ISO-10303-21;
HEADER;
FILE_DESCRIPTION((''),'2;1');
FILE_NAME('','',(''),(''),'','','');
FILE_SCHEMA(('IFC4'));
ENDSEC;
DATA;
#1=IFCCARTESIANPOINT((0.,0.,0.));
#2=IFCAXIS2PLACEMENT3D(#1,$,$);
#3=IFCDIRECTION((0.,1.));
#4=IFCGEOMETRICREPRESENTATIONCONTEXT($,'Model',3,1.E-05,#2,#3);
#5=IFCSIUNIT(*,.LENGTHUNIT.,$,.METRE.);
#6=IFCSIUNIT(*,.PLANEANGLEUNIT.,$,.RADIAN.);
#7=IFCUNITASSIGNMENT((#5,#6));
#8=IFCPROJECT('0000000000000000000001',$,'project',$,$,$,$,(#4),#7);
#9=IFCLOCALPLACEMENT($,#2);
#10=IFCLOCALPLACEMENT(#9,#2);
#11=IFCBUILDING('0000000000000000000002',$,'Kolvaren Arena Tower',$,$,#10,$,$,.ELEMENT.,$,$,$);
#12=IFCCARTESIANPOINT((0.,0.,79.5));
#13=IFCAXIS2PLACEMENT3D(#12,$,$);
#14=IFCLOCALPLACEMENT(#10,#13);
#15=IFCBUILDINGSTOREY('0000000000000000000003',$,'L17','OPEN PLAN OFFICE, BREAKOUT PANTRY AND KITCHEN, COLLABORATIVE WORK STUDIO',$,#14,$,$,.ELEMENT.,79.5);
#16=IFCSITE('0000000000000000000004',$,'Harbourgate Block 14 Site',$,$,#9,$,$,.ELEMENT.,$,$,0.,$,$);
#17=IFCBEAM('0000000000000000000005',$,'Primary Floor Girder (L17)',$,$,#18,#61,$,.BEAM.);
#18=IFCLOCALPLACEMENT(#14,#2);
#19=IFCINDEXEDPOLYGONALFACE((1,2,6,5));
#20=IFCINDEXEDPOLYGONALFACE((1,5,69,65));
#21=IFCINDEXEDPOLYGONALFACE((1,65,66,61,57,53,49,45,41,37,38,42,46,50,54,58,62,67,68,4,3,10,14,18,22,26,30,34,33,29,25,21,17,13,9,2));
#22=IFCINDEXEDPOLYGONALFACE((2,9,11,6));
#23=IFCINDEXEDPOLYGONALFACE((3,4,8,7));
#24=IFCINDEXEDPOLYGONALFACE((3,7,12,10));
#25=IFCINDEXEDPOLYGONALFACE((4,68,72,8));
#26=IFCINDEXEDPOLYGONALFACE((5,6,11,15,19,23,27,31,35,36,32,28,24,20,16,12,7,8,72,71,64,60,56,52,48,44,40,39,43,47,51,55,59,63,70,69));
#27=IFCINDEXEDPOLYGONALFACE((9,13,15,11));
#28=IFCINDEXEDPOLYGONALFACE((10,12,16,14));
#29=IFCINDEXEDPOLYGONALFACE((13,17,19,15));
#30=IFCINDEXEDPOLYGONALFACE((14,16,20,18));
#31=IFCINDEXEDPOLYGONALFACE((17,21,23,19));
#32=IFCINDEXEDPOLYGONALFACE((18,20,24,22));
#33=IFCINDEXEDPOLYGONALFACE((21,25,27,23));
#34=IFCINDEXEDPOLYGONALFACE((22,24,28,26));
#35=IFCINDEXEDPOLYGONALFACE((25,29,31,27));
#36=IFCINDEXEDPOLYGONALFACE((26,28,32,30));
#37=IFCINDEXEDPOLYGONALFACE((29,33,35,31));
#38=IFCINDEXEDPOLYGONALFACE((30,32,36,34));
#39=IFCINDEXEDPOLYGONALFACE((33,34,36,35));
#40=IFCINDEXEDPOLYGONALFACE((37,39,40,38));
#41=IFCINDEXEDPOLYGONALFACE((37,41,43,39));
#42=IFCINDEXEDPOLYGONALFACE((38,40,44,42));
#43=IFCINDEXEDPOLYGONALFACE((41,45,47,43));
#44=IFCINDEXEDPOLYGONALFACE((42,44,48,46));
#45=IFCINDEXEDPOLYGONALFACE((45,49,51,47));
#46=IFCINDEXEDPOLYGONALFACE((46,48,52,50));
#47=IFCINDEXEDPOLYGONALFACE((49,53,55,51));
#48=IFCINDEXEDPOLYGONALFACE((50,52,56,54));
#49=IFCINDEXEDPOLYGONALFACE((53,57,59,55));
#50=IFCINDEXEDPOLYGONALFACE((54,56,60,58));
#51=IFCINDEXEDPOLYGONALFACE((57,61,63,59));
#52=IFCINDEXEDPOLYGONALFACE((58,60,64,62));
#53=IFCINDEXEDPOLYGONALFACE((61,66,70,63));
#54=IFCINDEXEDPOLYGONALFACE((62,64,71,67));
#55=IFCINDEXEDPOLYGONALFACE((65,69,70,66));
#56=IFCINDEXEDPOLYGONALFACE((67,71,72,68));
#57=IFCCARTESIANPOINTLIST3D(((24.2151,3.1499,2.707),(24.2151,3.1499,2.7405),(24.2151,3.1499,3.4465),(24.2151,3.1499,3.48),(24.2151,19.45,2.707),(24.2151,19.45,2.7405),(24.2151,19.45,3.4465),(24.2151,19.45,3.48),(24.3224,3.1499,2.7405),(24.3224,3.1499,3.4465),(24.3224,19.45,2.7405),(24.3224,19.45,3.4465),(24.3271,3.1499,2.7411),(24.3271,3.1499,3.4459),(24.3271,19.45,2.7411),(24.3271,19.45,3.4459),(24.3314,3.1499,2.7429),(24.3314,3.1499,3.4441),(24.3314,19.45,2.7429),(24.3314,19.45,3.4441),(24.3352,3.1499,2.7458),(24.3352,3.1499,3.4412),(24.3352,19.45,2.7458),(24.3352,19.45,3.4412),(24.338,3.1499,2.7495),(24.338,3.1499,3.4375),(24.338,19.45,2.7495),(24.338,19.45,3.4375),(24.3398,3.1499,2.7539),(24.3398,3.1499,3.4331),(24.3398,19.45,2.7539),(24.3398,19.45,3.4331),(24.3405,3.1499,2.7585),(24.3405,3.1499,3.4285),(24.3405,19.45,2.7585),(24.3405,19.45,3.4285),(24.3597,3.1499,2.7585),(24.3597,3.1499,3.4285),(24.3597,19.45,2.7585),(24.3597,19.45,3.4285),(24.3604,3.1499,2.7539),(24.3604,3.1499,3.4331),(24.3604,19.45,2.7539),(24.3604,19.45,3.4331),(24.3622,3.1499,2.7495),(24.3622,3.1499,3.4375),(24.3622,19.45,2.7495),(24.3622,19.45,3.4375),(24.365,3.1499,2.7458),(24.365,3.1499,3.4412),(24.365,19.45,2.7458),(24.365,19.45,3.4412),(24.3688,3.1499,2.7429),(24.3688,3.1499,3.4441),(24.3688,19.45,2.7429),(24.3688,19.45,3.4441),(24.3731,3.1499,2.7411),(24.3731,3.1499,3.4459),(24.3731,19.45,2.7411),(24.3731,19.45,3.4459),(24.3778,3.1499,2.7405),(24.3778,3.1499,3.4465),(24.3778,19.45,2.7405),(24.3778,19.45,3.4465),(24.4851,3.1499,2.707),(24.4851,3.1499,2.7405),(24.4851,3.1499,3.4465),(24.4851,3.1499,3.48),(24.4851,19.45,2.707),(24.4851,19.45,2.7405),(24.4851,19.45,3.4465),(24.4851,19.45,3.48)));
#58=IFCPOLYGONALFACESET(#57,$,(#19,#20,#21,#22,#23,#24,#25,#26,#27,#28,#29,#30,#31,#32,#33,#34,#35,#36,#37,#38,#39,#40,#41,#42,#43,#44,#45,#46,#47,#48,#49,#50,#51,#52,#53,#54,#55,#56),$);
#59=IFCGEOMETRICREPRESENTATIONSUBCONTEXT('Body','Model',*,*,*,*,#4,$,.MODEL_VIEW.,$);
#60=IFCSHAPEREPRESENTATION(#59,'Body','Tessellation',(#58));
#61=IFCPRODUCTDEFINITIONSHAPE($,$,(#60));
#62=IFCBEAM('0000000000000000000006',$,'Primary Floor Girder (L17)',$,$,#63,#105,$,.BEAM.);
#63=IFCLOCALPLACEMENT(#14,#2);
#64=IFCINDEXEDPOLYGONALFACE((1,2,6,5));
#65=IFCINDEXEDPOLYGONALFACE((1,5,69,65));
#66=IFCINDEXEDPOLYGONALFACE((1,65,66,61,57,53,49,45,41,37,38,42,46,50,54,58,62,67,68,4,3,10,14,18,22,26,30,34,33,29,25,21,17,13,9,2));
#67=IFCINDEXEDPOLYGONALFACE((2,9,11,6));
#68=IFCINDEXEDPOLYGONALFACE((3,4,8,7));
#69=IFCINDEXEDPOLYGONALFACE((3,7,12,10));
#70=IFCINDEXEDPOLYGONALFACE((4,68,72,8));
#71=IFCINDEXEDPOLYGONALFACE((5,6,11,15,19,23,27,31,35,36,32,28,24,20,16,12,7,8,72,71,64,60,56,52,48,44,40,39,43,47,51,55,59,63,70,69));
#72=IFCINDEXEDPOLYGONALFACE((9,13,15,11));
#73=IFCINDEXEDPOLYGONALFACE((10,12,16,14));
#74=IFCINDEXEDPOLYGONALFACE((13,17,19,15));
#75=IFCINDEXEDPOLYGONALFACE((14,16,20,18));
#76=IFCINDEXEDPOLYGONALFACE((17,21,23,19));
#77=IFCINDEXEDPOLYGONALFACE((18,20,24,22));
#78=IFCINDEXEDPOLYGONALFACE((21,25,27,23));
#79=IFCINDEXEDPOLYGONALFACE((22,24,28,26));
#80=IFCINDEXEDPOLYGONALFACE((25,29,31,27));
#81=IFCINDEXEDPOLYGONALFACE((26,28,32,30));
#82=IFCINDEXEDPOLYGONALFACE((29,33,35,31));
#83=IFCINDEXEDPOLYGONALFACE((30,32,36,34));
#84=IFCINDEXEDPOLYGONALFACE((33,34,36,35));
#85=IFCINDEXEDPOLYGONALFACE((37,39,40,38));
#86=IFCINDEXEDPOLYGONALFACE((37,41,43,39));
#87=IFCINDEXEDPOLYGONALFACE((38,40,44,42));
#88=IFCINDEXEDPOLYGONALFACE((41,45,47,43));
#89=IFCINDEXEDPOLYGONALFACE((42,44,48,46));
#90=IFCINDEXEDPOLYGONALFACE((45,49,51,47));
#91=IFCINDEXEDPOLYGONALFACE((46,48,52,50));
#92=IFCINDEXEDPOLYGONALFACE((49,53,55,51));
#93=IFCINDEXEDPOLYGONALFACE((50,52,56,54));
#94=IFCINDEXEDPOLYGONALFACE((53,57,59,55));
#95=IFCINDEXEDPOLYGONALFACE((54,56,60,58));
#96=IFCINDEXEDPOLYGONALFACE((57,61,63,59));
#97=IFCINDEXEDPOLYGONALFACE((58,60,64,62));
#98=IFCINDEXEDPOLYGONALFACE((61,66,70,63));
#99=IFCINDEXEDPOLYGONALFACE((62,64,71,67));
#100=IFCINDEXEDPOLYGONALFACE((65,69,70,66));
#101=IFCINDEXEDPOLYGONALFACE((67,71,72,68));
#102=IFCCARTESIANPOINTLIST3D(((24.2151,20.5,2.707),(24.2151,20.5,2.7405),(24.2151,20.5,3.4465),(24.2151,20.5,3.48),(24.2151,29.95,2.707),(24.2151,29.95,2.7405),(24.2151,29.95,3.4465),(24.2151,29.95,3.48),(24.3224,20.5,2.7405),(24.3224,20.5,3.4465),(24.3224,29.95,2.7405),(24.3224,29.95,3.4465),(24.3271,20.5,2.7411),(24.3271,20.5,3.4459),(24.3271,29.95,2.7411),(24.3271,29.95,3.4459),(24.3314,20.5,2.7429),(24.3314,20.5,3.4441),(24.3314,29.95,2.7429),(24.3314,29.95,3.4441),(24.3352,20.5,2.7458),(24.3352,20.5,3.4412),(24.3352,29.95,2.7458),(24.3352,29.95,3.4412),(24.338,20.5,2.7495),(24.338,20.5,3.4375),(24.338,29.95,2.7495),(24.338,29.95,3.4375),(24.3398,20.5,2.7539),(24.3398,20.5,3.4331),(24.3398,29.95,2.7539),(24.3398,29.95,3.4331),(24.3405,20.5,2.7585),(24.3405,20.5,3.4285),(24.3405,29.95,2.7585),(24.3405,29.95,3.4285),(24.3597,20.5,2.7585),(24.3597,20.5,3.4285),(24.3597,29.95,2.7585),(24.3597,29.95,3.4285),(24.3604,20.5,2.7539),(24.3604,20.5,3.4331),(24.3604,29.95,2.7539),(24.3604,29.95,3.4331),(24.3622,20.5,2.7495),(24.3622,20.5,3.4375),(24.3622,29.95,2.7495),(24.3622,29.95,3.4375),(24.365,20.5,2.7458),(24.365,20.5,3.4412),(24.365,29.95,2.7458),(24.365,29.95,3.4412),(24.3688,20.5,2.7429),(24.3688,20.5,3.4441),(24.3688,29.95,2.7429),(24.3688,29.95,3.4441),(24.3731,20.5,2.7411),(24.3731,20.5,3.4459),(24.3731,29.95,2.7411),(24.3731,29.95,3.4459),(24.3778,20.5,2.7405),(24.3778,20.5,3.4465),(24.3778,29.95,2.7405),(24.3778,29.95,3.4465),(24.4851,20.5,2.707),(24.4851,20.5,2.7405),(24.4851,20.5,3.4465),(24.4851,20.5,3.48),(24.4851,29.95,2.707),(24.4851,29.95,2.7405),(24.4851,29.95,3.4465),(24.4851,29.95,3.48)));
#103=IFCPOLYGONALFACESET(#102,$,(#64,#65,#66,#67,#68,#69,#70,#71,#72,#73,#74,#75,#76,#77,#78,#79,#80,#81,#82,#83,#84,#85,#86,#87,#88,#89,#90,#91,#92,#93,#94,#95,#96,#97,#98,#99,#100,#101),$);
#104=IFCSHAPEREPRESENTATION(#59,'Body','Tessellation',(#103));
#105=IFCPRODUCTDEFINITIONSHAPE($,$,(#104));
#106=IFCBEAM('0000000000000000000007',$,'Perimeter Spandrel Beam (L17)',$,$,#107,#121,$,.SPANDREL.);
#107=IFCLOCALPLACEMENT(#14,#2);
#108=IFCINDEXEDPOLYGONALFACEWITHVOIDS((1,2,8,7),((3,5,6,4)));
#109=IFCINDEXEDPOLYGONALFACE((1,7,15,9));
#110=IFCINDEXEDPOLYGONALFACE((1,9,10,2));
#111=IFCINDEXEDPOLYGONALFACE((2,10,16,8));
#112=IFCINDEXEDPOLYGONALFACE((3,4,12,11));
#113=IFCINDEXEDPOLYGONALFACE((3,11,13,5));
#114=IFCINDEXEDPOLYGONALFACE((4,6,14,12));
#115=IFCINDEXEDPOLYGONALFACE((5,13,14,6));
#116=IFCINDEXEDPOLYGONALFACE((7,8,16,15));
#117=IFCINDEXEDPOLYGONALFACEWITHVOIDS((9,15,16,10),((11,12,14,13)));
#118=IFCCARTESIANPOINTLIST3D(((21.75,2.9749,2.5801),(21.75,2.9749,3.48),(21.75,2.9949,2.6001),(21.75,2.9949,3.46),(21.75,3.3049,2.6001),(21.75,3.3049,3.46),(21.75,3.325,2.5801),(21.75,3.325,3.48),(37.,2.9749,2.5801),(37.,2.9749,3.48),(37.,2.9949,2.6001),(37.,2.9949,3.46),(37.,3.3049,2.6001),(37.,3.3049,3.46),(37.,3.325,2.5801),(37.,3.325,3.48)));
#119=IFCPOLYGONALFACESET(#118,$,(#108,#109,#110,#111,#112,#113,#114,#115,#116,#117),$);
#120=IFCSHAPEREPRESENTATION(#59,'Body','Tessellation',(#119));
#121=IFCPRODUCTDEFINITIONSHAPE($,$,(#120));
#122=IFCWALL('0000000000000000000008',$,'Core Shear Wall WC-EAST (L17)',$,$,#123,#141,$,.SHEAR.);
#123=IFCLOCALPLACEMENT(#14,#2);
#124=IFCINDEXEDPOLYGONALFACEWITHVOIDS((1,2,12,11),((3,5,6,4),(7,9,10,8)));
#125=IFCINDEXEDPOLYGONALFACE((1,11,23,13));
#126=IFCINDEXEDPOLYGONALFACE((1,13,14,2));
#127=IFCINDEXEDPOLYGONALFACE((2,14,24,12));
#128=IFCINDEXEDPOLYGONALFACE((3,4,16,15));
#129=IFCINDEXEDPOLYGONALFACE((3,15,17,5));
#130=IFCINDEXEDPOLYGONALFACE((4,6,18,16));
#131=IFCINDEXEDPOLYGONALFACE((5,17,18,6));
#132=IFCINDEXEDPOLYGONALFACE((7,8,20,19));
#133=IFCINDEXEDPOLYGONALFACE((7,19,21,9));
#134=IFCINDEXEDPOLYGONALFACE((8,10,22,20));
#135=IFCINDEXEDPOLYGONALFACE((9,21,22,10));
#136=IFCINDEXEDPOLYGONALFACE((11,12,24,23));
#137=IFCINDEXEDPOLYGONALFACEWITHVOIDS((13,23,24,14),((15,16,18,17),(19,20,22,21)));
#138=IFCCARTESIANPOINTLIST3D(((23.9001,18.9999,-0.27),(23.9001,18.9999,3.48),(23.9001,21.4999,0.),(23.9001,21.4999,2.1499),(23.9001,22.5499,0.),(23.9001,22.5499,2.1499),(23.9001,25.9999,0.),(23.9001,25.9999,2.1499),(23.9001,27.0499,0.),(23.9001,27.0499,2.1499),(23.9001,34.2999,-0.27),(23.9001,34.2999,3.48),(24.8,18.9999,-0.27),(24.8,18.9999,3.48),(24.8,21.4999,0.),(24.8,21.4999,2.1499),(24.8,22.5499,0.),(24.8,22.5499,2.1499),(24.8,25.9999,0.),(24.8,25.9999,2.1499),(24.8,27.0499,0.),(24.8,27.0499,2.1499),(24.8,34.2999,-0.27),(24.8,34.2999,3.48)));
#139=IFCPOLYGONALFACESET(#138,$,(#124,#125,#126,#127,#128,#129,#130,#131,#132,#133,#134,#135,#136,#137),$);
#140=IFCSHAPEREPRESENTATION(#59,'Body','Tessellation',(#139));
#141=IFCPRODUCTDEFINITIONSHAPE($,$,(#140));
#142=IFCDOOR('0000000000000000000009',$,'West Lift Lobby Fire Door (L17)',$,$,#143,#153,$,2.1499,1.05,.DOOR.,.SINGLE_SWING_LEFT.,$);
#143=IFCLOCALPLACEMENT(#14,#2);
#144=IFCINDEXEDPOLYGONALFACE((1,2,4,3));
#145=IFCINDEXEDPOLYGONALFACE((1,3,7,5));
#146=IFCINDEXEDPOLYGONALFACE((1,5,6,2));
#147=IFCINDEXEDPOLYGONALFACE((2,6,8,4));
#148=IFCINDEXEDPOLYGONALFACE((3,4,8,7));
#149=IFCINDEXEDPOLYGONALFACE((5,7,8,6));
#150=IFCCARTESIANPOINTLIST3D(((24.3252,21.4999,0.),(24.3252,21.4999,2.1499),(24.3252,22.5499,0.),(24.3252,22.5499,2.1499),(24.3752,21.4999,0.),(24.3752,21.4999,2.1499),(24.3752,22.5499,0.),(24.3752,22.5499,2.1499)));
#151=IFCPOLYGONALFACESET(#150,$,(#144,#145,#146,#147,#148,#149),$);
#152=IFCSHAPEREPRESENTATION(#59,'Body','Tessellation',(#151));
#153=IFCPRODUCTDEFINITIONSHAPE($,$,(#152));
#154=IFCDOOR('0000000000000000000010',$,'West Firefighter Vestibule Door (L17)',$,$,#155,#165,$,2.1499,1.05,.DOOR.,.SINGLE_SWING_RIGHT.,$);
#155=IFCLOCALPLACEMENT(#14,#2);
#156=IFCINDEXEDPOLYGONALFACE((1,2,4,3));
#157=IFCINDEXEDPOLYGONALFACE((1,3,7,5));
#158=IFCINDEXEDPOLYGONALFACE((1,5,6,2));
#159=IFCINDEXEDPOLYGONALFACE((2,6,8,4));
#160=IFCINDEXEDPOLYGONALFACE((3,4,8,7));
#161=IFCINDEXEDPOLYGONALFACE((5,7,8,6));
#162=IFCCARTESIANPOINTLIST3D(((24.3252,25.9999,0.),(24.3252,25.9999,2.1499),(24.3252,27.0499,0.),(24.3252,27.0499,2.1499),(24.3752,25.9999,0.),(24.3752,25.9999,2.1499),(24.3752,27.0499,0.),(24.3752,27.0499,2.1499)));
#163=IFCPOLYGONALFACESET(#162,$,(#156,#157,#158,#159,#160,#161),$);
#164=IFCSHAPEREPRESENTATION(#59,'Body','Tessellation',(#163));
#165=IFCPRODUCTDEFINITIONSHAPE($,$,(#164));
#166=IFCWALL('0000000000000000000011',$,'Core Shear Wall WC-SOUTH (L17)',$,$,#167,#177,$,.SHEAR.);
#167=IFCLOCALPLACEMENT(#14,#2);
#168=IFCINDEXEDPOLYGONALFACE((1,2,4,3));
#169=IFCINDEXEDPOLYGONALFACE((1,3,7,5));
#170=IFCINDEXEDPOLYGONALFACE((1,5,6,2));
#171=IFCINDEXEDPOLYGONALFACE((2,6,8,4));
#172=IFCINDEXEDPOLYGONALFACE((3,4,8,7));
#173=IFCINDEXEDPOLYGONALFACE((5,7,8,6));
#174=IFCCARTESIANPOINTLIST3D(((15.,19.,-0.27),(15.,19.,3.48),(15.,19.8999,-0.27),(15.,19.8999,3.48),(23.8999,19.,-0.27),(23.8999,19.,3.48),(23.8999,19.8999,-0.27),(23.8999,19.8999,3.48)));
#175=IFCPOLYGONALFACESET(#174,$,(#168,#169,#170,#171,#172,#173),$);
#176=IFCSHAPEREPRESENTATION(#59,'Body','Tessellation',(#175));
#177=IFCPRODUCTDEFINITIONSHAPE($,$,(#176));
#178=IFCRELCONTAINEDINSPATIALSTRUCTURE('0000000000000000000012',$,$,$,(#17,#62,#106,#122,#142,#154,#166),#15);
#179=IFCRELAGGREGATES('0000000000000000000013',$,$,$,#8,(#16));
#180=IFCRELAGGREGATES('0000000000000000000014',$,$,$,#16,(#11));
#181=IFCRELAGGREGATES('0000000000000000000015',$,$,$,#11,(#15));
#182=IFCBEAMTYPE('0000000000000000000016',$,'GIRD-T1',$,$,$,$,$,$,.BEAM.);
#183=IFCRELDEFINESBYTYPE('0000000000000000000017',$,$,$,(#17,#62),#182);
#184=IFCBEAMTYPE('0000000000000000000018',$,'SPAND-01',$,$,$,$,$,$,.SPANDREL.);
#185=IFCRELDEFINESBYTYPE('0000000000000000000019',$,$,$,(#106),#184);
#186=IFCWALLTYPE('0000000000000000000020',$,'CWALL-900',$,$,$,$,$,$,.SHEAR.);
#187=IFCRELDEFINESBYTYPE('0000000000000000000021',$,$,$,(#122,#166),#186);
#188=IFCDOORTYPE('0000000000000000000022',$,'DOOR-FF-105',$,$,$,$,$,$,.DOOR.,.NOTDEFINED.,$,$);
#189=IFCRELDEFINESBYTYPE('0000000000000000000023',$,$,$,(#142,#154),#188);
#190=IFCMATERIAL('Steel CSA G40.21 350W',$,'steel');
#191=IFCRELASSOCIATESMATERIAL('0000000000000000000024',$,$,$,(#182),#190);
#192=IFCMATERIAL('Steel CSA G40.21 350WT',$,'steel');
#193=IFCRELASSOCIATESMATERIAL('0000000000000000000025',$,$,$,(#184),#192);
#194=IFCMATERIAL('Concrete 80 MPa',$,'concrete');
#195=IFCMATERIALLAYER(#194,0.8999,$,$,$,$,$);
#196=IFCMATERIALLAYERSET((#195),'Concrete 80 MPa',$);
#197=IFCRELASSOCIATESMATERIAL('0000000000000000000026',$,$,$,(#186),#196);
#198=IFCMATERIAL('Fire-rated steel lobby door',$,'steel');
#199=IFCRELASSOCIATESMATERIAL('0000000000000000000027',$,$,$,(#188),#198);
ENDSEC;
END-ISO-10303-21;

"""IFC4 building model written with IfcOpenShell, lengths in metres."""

from ifc_helpers import new_model, si_unit, direction, frame, frame_2d, origin, origin_2d, place, context, subcontext, project, spatial, rectangle, hollow_rectangle, i_section, extrude, material, layer, layer_set, material_profile, profile_set, type_object, element, fill, save


model = new_model("IFC4")

# Units and contexts
model_context = context("Model", 3, precision=1e-05, world=origin(), true_north=direction((0.0, 1.0)))
body_context = subcontext(model_context, "Body", "Model", "MODEL_VIEW")
ifc_project = project(units=[si_unit("LENGTHUNIT", "METRE"), si_unit("PLANEANGLEUNIT", "RADIAN")], contexts=[model_context])

# Site, building, storey
site_placement = place(None, origin())
site = spatial("IfcSite", under=ifc_project, at=site_placement, Name="Harbourgate Block 14 Site", CompositionType="ELEMENT", RefElevation=0.0)
building_placement = place(site_placement, origin())
building = spatial("IfcBuilding", under=site, at=building_placement, Name="Kolvaren Arena Tower", CompositionType="ELEMENT")
storey_placement = place(building_placement, frame((0.0, 0.0, 79.5)))
storey = spatial("IfcBuildingStorey", under=building, at=storey_placement, Name="L17", Description="OPEN PLAN OFFICE, BREAKOUT PANTRY AND KITCHEN, COLLABORATIVE WORK STUDIO", CompositionType="ELEMENT", Elevation=79.5)

# Beams
ifc_material_1 = material(Name="Steel CSA G40.21 350W", Category="steel")
ifc_material_profile_1 = material_profile(ifc_material_1, i_section(OverallWidth=0.27, OverallDepth=0.7729, WebThickness=0.0193, FlangeThickness=0.0334, FilletRadius=0.0181, at=origin_2d()), Name="W760x257")
ifc_profile_set_1 = profile_set([ifc_material_profile_1], Name="Steel CSA G40.21 350W")
beam_type_1 = type_object("IfcBeamType", Name="GIRD-T1", PredefinedType="BEAM", material=ifc_profile_set_1)
beam_1_placement = place(storey_placement, frame((24.3501, 3.1499, 3.0935), z_axis=(0.0, 1.0, 0.0), x_axis=(-1.0, 0.0, 0.0)))
element("IfcBeam", 1, at=beam_1_placement, inside=storey, type_object=beam_type_1, Name="Primary Floor Girder (L17)", PredefinedType="BEAM", context=body_context, shape_type="SweptSolid", body=[
    extrude(i_section(OverallWidth=0.27, OverallDepth=0.7729, WebThickness=0.0193, FlangeThickness=0.0334, FilletRadius=0.0181, at=origin_2d()), origin(), (0.0, 0.0, 1.0), 16.3),
])
beam_2_placement = place(storey_placement, frame((24.3501, 20.5, 3.0935), z_axis=(0.0, 1.0, 0.0), x_axis=(-1.0, 0.0, 0.0)))
element("IfcBeam", 2, at=beam_2_placement, inside=storey, type_object=beam_type_1, Name="Primary Floor Girder (L17)", PredefinedType="BEAM", context=body_context, shape_type="SweptSolid", body=[
    extrude(i_section(OverallWidth=0.27, OverallDepth=0.7729, WebThickness=0.0193, FlangeThickness=0.0334, FilletRadius=0.0181, at=origin_2d()), origin(), (0.0, 0.0, 1.0), 9.45),
])
ifc_material_2 = material(Name="Steel CSA G40.21 350WT", Category="steel")
ifc_material_profile_2 = material_profile(ifc_material_2, hollow_rectangle(XDim=0.3501, YDim=0.8999, WallThickness=0.02, at=origin_2d()), Name="HSS 900x350x20")
ifc_profile_set_2 = profile_set([ifc_material_profile_2], Name="Steel CSA G40.21 350WT")
beam_type_2 = type_object("IfcBeamType", Name="SPAND-01", PredefinedType="SPANDREL", material=ifc_profile_set_2)
beam_3_placement = place(storey_placement, frame((21.75, 3.1499, 3.03), z_axis=(1.0, 0.0, 0.0), x_axis=(0.0, 1.0, 0.0)))
element("IfcBeam", 3, at=beam_3_placement, inside=storey, type_object=beam_type_2, Name="Perimeter Spandrel Beam (L17)", PredefinedType="SPANDREL", context=body_context, shape_type="SweptSolid", body=[
    extrude(hollow_rectangle(XDim=0.3501, YDim=0.8999, WallThickness=0.02, at=origin_2d()), origin(), (0.0, 0.0, 1.0), 15.25),
])

# Wall, openings, doors
ifc_material_3 = material(Name="Concrete 80 MPa", Category="concrete")
ifc_layer_1 = layer(ifc_material_3, 0.8999)
ifc_layer_set_1 = layer_set([ifc_layer_1], Name="Concrete 80 MPa")
wall_type_1 = type_object("IfcWallType", Name="CWALL-900", PredefinedType="SHEAR", material=ifc_layer_set_1)
wall_1_placement = place(storey_placement, frame((24.3501, 19.0, -0.27), z_axis=(0.0, 0.0, 1.0), x_axis=(0.0, 1.0, 0.0)))
wall_1 = element("IfcWall", 4, at=wall_1_placement, inside=storey, type_object=wall_type_1, Name="Core Shear Wall WC-EAST (L17)", PredefinedType="SHEAR", context=body_context, shape_type="SweptSolid", body=[
    extrude(rectangle(XDim=15.3, YDim=0.8999, at=frame_2d((7.6499, 0.0))), origin(), (0.0, 0.0, 1.0), 3.75),
])
opening_1_placement = place(wall_1_placement, frame((2.5, 0.0, 0.27)))
opening_1 = element("IfcOpeningElement", 5, at=opening_1_placement, cuts=wall_1, PredefinedType="OPENING", context=body_context, shape_type="SweptSolid", body=[
    extrude(rectangle(XDim=1.05, YDim=2.1499, at=frame_2d((0.5249, 1.075))), frame((0.0, 0.46, 0.0), z_axis=(0.0, -1.0, 0.0), x_axis=(1.0, 0.0, 0.0)), (0.0, 0.0, 1.0), 0.9199),
])
opening_2_placement = place(wall_1_placement, frame((7.0, 0.0, 0.27)))
opening_2 = element("IfcOpeningElement", 6, at=opening_2_placement, cuts=wall_1, PredefinedType="OPENING", context=body_context, shape_type="SweptSolid", body=[
    extrude(rectangle(XDim=1.05, YDim=2.1499, at=frame_2d((0.5249, 1.075))), frame((0.0, 0.46, 0.0), z_axis=(0.0, -1.0, 0.0), x_axis=(1.0, 0.0, 0.0)), (0.0, 0.0, 1.0), 0.9199),
])
ifc_material_4 = material(Name="Fire-rated steel lobby door", Category="steel")
door_type = type_object("IfcDoorType", Name="DOOR-FF-105", OperationType="NOTDEFINED", PredefinedType="DOOR", material=ifc_material_4)
door_1_placement = place(opening_1_placement, origin())
door_1 = element("IfcDoor", 7, at=door_1_placement, inside=storey, type_object=door_type, Name="West Lift Lobby Fire Door (L17)", OperationType="SINGLE_SWING_LEFT", OverallHeight=2.1499, OverallWidth=1.05, PredefinedType="DOOR", context=body_context, shape_type="SweptSolid", body=[
    extrude(rectangle(XDim=1.05, YDim=2.1499, at=frame_2d((0.5249, 1.075))), frame((0.0, 0.0249, 0.0), z_axis=(0.0, -1.0, 0.0), x_axis=(1.0, 0.0, 0.0)), (0.0, 0.0, 1.0), 0.05),
])
fill(opening_1, door_1)
door_2_placement = place(opening_2_placement, origin())
door_2 = element("IfcDoor", 8, at=door_2_placement, inside=storey, type_object=door_type, Name="West Firefighter Vestibule Door (L17)", OperationType="SINGLE_SWING_RIGHT", OverallHeight=2.1499, OverallWidth=1.05, PredefinedType="DOOR", context=body_context, shape_type="SweptSolid", body=[
    extrude(rectangle(XDim=1.05, YDim=2.1499, at=frame_2d((0.5249, 1.075))), frame((0.0, 0.0249, 0.0), z_axis=(0.0, -1.0, 0.0), x_axis=(1.0, 0.0, 0.0)), (0.0, 0.0, 1.0), 0.05),
])
fill(opening_2, door_2)

# Wall
wall_2_placement = place(storey_placement, frame((15.0, 19.45, -0.27), z_axis=(0.0, 0.0, 1.0), x_axis=(1.0, 0.0, 0.0)))
element("IfcWall", 9, at=wall_2_placement, inside=storey, type_object=wall_type_1, Name="Core Shear Wall WC-SOUTH (L17)", PredefinedType="SHEAR", context=body_context, shape_type="SweptSolid", body=[
    extrude(rectangle(XDim=8.8999, YDim=0.8999, at=frame_2d((4.45, 0.0))), origin(), (0.0, 0.0, 1.0), 3.75),
])

save(model, "model.ifc")
